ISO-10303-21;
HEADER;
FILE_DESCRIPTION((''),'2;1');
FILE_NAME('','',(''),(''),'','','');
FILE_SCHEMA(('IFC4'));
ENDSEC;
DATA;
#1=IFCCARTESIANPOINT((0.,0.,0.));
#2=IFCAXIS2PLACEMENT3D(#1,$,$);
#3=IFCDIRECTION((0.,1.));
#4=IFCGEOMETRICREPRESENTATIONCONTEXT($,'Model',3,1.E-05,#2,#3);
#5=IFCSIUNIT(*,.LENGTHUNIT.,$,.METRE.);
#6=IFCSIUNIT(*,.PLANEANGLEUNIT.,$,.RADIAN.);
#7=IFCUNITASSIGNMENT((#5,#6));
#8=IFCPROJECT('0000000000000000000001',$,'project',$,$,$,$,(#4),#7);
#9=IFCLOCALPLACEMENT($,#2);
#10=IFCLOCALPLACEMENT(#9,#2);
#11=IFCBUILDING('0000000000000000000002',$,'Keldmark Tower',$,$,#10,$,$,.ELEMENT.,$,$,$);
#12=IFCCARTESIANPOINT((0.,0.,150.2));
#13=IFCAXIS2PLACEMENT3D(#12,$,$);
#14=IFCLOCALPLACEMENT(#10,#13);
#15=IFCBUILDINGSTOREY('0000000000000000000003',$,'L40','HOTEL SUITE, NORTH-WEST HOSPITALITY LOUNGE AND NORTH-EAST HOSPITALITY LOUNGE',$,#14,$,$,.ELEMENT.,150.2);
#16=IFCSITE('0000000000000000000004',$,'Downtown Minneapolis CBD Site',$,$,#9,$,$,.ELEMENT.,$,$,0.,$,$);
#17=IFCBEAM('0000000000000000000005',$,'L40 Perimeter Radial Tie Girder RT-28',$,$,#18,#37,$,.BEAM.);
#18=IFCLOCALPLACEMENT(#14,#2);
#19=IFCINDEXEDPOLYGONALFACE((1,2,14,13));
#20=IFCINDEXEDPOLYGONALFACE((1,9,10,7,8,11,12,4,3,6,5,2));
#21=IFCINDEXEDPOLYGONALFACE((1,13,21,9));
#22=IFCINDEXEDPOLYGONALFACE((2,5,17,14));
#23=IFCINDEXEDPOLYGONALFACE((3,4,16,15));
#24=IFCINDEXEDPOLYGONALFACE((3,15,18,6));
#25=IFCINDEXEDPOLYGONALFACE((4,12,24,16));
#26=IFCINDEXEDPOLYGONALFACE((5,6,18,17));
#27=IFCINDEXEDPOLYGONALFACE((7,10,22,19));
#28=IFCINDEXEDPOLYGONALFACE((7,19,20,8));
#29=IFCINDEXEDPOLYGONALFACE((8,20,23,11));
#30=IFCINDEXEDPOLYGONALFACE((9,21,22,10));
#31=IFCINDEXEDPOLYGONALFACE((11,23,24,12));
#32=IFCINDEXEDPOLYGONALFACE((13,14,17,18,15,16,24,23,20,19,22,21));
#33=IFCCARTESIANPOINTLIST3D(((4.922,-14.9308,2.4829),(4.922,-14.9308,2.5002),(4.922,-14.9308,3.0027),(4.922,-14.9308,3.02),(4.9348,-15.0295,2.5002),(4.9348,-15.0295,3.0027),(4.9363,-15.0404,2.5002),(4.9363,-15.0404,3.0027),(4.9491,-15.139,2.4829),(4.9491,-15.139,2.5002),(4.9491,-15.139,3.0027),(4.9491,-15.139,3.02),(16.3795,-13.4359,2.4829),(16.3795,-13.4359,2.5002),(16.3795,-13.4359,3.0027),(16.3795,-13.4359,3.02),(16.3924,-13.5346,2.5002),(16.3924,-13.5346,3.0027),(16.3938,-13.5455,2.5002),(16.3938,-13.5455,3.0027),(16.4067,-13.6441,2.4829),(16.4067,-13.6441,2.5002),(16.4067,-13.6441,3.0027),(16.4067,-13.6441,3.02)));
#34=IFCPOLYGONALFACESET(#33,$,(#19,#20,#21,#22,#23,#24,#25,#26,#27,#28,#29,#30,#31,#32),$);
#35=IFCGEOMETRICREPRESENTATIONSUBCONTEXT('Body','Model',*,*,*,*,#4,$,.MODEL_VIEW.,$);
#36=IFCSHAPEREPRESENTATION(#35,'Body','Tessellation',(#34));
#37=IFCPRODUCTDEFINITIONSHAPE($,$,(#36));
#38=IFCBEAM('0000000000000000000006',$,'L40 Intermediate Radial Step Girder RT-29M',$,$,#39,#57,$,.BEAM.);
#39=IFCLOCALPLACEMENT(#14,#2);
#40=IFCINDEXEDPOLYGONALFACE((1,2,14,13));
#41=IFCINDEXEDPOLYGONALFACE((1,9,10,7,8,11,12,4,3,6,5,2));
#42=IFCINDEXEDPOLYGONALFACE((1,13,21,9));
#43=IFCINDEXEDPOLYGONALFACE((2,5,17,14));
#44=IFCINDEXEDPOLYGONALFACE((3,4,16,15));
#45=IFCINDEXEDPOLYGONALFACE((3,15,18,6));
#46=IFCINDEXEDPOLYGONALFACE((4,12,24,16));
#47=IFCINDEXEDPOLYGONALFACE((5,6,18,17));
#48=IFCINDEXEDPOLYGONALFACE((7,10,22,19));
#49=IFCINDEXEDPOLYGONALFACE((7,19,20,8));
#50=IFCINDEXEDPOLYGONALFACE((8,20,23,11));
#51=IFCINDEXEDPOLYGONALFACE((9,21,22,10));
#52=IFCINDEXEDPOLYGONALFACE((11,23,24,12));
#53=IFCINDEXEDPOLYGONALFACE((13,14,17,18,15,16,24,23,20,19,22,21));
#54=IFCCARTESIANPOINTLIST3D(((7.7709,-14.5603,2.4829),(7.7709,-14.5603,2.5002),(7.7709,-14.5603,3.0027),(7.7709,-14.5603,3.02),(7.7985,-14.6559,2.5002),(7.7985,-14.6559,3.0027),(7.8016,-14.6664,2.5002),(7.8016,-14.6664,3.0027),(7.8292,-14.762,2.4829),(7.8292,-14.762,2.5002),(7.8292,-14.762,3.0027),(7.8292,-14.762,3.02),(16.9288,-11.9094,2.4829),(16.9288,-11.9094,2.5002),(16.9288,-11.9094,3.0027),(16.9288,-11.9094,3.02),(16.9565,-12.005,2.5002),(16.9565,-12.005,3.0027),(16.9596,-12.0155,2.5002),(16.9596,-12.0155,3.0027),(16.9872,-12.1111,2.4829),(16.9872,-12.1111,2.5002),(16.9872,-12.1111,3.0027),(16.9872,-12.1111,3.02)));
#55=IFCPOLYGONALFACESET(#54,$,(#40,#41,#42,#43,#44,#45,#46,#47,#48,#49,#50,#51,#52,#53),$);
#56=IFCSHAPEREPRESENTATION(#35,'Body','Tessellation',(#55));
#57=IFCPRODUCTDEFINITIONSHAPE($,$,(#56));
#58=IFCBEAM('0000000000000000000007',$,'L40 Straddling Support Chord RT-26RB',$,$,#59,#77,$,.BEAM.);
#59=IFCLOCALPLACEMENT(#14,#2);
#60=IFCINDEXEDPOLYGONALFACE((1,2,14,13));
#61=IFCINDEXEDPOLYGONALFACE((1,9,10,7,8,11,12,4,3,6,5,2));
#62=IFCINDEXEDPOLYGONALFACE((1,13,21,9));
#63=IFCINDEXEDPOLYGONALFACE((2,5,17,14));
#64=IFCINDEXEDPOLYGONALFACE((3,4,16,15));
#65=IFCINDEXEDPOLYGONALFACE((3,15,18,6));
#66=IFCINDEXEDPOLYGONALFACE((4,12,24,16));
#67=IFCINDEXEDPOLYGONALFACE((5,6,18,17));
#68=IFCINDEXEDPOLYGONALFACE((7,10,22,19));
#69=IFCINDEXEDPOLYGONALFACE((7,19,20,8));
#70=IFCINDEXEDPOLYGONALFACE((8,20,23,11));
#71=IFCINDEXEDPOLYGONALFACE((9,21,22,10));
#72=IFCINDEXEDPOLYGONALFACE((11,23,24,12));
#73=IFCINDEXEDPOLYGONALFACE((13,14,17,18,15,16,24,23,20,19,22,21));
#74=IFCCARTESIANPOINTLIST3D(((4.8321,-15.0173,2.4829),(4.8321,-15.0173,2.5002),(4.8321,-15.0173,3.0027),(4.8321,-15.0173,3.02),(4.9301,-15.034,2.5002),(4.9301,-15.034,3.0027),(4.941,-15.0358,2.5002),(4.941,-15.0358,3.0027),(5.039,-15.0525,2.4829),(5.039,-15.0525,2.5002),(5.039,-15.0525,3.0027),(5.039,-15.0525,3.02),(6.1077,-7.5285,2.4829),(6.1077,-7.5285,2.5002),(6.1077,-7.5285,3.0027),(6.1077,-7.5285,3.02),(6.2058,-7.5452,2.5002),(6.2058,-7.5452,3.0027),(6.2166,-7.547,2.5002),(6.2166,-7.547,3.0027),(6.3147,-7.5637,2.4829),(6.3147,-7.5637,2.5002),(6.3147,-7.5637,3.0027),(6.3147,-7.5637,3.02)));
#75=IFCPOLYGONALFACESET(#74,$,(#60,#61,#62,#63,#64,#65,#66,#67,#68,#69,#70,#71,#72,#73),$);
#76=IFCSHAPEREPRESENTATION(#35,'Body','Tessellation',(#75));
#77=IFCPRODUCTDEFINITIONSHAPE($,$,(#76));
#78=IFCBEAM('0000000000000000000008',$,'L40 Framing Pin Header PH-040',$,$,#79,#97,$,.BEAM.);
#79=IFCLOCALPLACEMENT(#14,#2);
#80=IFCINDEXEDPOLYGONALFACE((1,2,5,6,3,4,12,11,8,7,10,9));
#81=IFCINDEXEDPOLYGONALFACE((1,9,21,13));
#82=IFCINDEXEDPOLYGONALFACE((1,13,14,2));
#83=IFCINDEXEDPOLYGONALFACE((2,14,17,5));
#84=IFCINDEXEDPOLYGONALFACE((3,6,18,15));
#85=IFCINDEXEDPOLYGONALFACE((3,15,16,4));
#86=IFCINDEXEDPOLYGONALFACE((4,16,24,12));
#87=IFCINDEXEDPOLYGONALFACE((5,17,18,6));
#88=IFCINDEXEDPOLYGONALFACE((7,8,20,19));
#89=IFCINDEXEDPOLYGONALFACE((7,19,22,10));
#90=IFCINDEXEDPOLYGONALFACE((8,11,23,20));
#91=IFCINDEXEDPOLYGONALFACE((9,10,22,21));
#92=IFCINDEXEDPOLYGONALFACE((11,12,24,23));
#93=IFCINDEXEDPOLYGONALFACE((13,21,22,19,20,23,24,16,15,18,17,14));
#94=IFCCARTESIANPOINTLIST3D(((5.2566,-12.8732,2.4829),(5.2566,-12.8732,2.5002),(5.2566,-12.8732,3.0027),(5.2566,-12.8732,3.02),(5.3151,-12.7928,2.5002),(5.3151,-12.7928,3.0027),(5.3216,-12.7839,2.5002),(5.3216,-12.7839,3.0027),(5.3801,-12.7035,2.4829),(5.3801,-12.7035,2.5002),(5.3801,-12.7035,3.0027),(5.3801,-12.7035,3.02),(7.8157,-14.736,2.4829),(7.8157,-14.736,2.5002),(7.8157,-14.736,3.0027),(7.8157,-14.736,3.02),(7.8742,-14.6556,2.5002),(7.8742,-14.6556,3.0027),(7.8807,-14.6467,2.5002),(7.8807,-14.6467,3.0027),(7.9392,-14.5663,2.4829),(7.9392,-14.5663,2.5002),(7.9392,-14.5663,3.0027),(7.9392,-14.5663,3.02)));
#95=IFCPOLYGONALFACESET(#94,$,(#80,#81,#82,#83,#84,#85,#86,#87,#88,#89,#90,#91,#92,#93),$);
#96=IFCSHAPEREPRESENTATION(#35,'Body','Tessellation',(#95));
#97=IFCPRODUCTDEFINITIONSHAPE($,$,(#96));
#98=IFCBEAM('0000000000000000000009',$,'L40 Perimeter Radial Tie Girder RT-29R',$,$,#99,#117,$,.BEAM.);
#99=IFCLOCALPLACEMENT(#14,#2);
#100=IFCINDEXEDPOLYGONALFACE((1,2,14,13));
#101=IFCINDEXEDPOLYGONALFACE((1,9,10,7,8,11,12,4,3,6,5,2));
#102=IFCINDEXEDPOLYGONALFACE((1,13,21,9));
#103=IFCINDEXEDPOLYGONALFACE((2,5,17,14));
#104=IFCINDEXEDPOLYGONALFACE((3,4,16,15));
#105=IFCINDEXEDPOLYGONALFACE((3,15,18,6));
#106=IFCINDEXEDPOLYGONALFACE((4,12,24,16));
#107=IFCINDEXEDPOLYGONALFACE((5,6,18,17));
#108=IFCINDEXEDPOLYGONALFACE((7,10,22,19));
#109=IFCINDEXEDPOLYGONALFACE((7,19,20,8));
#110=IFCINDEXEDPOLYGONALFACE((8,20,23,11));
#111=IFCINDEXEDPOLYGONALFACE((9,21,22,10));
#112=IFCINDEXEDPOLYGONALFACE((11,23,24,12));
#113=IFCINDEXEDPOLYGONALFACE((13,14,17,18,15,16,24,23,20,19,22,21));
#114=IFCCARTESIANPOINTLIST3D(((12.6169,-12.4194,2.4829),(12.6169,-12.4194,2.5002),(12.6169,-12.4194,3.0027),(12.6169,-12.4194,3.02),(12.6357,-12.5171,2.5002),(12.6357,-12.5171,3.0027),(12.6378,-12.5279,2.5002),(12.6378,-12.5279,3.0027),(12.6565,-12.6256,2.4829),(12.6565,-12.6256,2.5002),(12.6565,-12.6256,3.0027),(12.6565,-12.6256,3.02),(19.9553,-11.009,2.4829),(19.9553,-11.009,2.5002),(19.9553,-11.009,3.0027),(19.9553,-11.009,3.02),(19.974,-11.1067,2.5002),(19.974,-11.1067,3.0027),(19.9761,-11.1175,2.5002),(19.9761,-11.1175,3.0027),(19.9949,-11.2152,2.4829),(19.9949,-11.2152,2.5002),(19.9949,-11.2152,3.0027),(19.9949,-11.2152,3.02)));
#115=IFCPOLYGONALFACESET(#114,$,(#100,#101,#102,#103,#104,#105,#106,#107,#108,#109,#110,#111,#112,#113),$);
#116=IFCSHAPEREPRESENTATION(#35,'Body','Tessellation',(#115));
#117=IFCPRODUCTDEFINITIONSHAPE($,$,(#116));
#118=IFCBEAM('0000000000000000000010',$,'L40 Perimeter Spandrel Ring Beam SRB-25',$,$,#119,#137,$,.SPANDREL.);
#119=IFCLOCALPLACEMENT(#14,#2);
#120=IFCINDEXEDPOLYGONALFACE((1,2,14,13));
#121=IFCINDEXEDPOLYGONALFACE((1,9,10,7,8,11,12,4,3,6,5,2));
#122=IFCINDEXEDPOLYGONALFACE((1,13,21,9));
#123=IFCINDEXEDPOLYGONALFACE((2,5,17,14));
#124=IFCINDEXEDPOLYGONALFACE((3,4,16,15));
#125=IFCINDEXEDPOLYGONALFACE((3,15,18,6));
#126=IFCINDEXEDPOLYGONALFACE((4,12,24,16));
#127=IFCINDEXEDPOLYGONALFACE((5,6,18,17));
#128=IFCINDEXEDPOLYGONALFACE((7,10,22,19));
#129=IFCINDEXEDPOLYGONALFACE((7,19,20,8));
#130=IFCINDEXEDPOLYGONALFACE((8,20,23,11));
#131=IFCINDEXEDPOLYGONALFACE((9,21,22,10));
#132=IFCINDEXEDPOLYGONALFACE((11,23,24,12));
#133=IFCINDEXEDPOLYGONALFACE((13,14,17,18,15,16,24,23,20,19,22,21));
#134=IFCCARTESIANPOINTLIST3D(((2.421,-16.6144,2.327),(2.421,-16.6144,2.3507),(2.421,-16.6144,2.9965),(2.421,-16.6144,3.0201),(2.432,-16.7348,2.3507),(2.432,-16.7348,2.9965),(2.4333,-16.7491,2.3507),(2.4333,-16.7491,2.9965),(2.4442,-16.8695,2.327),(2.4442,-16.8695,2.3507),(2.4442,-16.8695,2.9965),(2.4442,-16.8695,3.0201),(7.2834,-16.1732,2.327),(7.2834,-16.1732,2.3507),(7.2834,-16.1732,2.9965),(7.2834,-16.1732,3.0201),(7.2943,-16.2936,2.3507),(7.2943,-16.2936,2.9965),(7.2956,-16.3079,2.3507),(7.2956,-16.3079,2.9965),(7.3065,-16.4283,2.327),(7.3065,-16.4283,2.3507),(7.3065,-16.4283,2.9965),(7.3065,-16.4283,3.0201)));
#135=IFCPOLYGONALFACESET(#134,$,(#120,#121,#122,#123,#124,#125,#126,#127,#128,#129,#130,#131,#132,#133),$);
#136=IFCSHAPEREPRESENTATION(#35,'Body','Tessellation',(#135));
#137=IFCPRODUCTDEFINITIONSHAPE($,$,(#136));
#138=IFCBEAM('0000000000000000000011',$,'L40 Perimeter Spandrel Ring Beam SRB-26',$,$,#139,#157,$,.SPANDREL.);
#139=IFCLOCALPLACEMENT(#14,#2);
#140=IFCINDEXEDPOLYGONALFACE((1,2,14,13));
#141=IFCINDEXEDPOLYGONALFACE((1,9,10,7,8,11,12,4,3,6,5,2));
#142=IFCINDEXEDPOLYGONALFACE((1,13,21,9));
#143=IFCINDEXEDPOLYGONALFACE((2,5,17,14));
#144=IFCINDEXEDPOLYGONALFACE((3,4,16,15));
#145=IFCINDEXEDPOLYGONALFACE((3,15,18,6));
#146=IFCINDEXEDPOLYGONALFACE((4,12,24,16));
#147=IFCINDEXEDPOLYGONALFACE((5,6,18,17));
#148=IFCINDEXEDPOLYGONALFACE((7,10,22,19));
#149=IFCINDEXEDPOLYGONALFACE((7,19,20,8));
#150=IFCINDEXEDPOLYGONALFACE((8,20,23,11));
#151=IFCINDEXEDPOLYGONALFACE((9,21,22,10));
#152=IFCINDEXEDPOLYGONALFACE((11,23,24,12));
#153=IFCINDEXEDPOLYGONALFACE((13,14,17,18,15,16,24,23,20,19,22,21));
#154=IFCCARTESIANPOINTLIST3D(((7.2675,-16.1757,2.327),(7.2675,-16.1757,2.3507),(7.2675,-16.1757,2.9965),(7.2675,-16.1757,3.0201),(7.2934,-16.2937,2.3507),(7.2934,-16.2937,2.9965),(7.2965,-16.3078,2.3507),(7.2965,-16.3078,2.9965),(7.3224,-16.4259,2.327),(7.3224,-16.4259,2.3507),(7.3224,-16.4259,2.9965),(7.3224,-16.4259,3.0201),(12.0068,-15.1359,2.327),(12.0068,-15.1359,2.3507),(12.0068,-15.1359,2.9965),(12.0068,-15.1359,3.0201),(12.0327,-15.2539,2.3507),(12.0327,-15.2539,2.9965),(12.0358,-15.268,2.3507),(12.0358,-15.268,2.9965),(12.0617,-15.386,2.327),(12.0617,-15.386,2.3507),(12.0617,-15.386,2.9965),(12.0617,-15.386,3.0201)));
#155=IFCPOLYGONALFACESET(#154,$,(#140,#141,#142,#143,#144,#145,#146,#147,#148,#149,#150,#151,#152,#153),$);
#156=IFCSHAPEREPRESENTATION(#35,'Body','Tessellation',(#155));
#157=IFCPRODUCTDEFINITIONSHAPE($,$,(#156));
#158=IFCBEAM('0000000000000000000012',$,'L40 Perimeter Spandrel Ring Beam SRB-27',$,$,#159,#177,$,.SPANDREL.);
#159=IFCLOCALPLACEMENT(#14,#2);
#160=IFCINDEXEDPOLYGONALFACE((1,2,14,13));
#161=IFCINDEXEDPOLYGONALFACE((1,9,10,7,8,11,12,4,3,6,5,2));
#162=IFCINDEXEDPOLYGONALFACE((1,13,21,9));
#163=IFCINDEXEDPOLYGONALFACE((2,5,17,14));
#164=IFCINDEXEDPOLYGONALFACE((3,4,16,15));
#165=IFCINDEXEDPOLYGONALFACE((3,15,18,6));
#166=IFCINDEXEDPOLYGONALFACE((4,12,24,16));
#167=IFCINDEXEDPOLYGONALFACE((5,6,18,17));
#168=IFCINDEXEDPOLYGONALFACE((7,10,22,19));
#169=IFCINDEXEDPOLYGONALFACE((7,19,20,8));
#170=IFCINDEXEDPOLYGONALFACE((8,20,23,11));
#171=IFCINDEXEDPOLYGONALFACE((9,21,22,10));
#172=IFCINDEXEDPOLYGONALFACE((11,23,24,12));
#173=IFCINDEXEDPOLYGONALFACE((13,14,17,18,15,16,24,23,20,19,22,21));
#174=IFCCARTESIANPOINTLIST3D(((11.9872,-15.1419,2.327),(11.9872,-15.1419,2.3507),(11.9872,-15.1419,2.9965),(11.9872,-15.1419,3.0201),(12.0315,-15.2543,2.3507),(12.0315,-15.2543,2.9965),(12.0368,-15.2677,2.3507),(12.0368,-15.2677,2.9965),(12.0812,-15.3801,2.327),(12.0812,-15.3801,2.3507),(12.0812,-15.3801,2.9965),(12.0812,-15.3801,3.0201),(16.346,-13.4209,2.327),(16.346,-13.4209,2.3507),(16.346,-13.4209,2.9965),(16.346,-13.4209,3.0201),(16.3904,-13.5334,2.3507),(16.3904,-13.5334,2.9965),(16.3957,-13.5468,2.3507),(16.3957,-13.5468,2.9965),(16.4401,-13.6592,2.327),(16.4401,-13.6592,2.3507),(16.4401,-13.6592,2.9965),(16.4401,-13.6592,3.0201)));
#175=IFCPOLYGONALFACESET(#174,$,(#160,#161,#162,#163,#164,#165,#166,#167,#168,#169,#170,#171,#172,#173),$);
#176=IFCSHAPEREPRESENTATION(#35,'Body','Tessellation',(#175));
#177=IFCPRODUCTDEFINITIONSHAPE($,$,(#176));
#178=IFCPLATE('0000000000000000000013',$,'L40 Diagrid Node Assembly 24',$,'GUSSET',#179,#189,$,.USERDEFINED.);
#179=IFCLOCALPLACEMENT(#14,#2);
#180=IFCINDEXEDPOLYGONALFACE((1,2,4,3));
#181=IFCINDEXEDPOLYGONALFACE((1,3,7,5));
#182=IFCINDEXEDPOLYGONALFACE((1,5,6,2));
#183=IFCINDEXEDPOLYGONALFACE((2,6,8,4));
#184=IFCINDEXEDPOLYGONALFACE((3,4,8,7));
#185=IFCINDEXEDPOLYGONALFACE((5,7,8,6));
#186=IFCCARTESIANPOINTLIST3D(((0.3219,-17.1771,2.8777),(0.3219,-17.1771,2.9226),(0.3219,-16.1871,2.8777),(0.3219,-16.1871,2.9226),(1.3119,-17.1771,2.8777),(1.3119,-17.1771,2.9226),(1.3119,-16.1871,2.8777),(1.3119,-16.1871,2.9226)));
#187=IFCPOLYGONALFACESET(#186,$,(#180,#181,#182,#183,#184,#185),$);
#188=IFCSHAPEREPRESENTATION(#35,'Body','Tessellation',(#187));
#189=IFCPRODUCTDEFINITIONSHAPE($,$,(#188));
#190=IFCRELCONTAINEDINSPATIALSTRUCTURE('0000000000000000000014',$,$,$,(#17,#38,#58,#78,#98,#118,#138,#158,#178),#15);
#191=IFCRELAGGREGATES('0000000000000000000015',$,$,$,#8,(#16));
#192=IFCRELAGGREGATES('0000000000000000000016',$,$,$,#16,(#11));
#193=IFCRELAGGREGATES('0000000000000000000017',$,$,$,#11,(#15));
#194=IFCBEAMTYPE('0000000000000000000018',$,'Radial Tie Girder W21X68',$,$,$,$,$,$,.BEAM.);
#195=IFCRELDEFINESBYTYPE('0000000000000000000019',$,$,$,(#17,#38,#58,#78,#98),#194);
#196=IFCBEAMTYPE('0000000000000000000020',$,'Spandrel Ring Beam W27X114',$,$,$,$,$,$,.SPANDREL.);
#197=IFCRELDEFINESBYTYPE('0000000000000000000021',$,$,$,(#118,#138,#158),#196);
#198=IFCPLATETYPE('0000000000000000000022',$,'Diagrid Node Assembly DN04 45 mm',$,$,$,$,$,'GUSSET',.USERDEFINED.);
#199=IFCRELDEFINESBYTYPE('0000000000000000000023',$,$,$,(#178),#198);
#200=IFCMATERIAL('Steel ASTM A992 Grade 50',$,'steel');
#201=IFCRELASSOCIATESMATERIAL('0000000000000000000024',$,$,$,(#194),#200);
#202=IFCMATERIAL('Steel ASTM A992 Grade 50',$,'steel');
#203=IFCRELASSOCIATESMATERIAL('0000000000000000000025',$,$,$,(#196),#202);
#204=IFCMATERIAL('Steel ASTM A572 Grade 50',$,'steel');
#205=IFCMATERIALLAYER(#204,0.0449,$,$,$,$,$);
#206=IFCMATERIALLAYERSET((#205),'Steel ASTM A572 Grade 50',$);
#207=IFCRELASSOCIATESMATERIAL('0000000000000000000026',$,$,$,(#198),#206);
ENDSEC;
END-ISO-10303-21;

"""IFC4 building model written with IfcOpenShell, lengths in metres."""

from ifc_helpers import new_model, si_unit, direction, frame, origin, origin_2d, place, context, subcontext, project, spatial, rectangle, i_section, extrude, material, layer, layer_set, material_profile, profile_set, type_object, element, save


model = new_model("IFC4")

# Units and contexts
model_context = context("Model", 3, precision=1e-05, world=origin(), true_north=direction((0.0, 1.0)))
body_context = subcontext(model_context, "Body", "Model", "MODEL_VIEW")
ifc_project = project(units=[si_unit("LENGTHUNIT", "METRE"), si_unit("PLANEANGLEUNIT", "RADIAN")], contexts=[model_context])

# Site, building, storey
site_placement = place(None, origin())
site = spatial("IfcSite", under=ifc_project, at=site_placement, Name="Downtown Minneapolis CBD Site", CompositionType="ELEMENT", RefElevation=0.0)
building_placement = place(site_placement, origin())
building = spatial("IfcBuilding", under=site, at=building_placement, Name="Keldmark Tower", CompositionType="ELEMENT")
storey_placement = place(building_placement, frame((0.0, 0.0, 150.2)))
storey = spatial("IfcBuildingStorey", under=building, at=storey_placement, Name="L40", Description="HOTEL SUITE, NORTH-WEST HOSPITALITY LOUNGE AND NORTH-EAST HOSPITALITY LOUNGE", CompositionType="ELEMENT", Elevation=150.2)

# Beams
ifc_material_1 = material(Name="Steel ASTM A992 Grade 50", Category="steel")
ifc_material_profile_1 = material_profile(ifc_material_1, i_section(OverallWidth=0.21, OverallDepth=0.5371, WebThickness=0.011, FlangeThickness=0.0173, at=origin_2d()), Name="W21X68")
ifc_profile_set_1 = profile_set([ifc_material_profile_1], Name="Steel ASTM A992 Grade 50")
beam_type_1 = type_object("IfcBeamType", Name="Radial Tie Girder W21X68", PredefinedType="BEAM", material=ifc_profile_set_1)
beam_1_placement = place(storey_placement, frame((4.9355, -15.0349, 2.7515), z_axis=(0.991596, 0.129374, 0.0), x_axis=(-0.129374, 0.991596, 0.0)))
element("IfcBeam", 1, at=beam_1_placement, inside=storey, type_object=beam_type_1, Name="L40 Perimeter Radial Tie Girder RT-28", PredefinedType="BEAM", context=body_context, shape_type="SweptSolid", body=[
    extrude(i_section(OverallWidth=0.21, OverallDepth=0.5371, WebThickness=0.011, FlangeThickness=0.0173, at=origin_2d()), origin(), (0.0, 0.0, 1.0), 11.5547),
])
beam_2_placement = place(storey_placement, frame((7.8, -14.6611, 2.7515), z_axis=(0.960567, 0.278048, 0.0), x_axis=(-0.278048, 0.960567, 0.0)))
element("IfcBeam", 2, at=beam_2_placement, inside=storey, type_object=beam_type_1, Name="L40 Intermediate Radial Step Girder RT-29M", PredefinedType="BEAM", context=body_context, shape_type="SweptSolid", body=[
    extrude(i_section(OverallWidth=0.21, OverallDepth=0.5371, WebThickness=0.011, FlangeThickness=0.0173, at=origin_2d()), origin(), (0.0, 0.0, 1.0), 9.5339),
])
beam_3_placement = place(storey_placement, frame((4.9355, -15.0349, 2.7515), z_axis=(0.167921, 0.9858, 0.0), x_axis=(-0.9858, 0.167921, 0.0)))
element("IfcBeam", 3, at=beam_3_placement, inside=storey, type_object=beam_type_1, Name="L40 Straddling Support Chord RT-26RB", PredefinedType="BEAM", context=body_context, shape_type="SweptSolid", body=[
    extrude(i_section(OverallWidth=0.21, OverallDepth=0.5371, WebThickness=0.011, FlangeThickness=0.0173, at=origin_2d()), origin(), (0.0, 0.0, 1.0), 7.5967),
])
beam_4_placement = place(storey_placement, frame((5.3184, -12.7883, 2.7515), z_axis=(0.808489, -0.588511, 0.0), x_axis=(0.588511, 0.808489, 0.0)))
element("IfcBeam", 4, at=beam_4_placement, inside=storey, type_object=beam_type_1, Name="L40 Framing Pin Header PH-040", PredefinedType="BEAM", context=body_context, shape_type="SweptSolid", body=[
    extrude(i_section(OverallWidth=0.21, OverallDepth=0.5371, WebThickness=0.011, FlangeThickness=0.0173, at=origin_2d()), origin(), (0.0, 0.0, 1.0), 3.1653),
])
beam_5_placement = place(storey_placement, frame((12.6367, -12.5225, 2.7515), z_axis=(0.982027, 0.188741, 0.0), x_axis=(-0.188741, 0.982027, 0.0)))
element("IfcBeam", 5, at=beam_5_placement, inside=storey, type_object=beam_type_1, Name="L40 Perimeter Radial Tie Girder RT-29R", PredefinedType="BEAM", context=body_context, shape_type="SweptSolid", body=[
    extrude(i_section(OverallWidth=0.21, OverallDepth=0.5371, WebThickness=0.011, FlangeThickness=0.0173, at=origin_2d()), origin(), (0.0, 0.0, 1.0), 7.4727),
])
ifc_material_2 = material(Name="Steel ASTM A992 Grade 50", Category="steel")
ifc_material_profile_2 = material_profile(ifc_material_2, i_section(OverallWidth=0.2561, OverallDepth=0.6931, WebThickness=0.0144, FlangeThickness=0.0237, at=origin_2d()), Name="W27X114")
ifc_profile_set_2 = profile_set([ifc_material_profile_2], Name="Steel ASTM A992 Grade 50")
beam_type_2 = type_object("IfcBeamType", Name="Spandrel Ring Beam W27X114", PredefinedType="SPANDREL", material=ifc_profile_set_2)
beam_6_placement = place(storey_placement, frame((2.4326, -16.7419, 2.6736), z_axis=(0.995909, 0.09036, 0.0), x_axis=(-0.09036, 0.995909, 0.0)))
element("IfcBeam", 6, at=beam_6_placement, inside=storey, type_object=beam_type_2, Name="L40 Perimeter Spandrel Ring Beam SRB-25", PredefinedType="SPANDREL", context=body_context, shape_type="SweptSolid", body=[
    extrude(i_section(OverallWidth=0.2561, OverallDepth=0.6931, WebThickness=0.0144, FlangeThickness=0.0237, at=origin_2d()), origin(), (0.0, 0.0, 1.0), 4.8823),
])
beam_7_placement = place(storey_placement, frame((7.2949, -16.3008, 2.6736), z_axis=(0.976767, 0.214303, 0.0), x_axis=(-0.214303, 0.976767, 0.0)))
element("IfcBeam", 7, at=beam_7_placement, inside=storey, type_object=beam_type_2, Name="L40 Perimeter Spandrel Ring Beam SRB-26", PredefinedType="SPANDREL", context=body_context, shape_type="SweptSolid", body=[
    extrude(i_section(OverallWidth=0.2561, OverallDepth=0.6931, WebThickness=0.0144, FlangeThickness=0.0237, at=origin_2d()), origin(), (0.0, 0.0, 1.0), 4.8521),
])
beam_8_placement = place(storey_placement, frame((12.0342, -15.261, 2.6736), z_axis=(0.930131, 0.367228, 0.0), x_axis=(-0.367228, 0.930131, 0.0)))
element("IfcBeam", 8, at=beam_8_placement, inside=storey, type_object=beam_type_2, Name="L40 Perimeter Spandrel Ring Beam SRB-27", PredefinedType="SPANDREL", context=body_context, shape_type="SweptSolid", body=[
    extrude(i_section(OverallWidth=0.2561, OverallDepth=0.6931, WebThickness=0.0144, FlangeThickness=0.0237, at=origin_2d()), origin(), (0.0, 0.0, 1.0), 4.6863),
])

# Plate
ifc_material_3 = material(Name="Steel ASTM A572 Grade 50", Category="steel")
ifc_layer_1 = layer(ifc_material_3, 0.0449)
ifc_layer_set_1 = layer_set([ifc_layer_1], Name="Steel ASTM A572 Grade 50")
plate_type = type_object("IfcPlateType", Name="Diagrid Node Assembly DN04 45 mm", ElementType="GUSSET", PredefinedType="USERDEFINED", material=ifc_layer_set_1)
for number, where, z_axis, x_axis, name in (
    (9, (0.8169, -16.6821, 2.8777), (0.0, 0.0, 1.0), (1.0, 0.0, 0.0), "L40 Diagrid Node Assembly 24"),
):
    element("IfcPlate", number, at=place(storey_placement, frame(where, z_axis=z_axis, x_axis=x_axis)), inside=storey, type_object=plate_type, Name=name, ObjectType="GUSSET", PredefinedType="USERDEFINED", context=body_context, shape_type="SweptSolid", body=[
        extrude(rectangle(XDim=0.99, YDim=0.99, at=origin_2d()), origin(), (0.0, 0.0, 1.0), 0.0449),
    ])

save(model, "model.ifc")
